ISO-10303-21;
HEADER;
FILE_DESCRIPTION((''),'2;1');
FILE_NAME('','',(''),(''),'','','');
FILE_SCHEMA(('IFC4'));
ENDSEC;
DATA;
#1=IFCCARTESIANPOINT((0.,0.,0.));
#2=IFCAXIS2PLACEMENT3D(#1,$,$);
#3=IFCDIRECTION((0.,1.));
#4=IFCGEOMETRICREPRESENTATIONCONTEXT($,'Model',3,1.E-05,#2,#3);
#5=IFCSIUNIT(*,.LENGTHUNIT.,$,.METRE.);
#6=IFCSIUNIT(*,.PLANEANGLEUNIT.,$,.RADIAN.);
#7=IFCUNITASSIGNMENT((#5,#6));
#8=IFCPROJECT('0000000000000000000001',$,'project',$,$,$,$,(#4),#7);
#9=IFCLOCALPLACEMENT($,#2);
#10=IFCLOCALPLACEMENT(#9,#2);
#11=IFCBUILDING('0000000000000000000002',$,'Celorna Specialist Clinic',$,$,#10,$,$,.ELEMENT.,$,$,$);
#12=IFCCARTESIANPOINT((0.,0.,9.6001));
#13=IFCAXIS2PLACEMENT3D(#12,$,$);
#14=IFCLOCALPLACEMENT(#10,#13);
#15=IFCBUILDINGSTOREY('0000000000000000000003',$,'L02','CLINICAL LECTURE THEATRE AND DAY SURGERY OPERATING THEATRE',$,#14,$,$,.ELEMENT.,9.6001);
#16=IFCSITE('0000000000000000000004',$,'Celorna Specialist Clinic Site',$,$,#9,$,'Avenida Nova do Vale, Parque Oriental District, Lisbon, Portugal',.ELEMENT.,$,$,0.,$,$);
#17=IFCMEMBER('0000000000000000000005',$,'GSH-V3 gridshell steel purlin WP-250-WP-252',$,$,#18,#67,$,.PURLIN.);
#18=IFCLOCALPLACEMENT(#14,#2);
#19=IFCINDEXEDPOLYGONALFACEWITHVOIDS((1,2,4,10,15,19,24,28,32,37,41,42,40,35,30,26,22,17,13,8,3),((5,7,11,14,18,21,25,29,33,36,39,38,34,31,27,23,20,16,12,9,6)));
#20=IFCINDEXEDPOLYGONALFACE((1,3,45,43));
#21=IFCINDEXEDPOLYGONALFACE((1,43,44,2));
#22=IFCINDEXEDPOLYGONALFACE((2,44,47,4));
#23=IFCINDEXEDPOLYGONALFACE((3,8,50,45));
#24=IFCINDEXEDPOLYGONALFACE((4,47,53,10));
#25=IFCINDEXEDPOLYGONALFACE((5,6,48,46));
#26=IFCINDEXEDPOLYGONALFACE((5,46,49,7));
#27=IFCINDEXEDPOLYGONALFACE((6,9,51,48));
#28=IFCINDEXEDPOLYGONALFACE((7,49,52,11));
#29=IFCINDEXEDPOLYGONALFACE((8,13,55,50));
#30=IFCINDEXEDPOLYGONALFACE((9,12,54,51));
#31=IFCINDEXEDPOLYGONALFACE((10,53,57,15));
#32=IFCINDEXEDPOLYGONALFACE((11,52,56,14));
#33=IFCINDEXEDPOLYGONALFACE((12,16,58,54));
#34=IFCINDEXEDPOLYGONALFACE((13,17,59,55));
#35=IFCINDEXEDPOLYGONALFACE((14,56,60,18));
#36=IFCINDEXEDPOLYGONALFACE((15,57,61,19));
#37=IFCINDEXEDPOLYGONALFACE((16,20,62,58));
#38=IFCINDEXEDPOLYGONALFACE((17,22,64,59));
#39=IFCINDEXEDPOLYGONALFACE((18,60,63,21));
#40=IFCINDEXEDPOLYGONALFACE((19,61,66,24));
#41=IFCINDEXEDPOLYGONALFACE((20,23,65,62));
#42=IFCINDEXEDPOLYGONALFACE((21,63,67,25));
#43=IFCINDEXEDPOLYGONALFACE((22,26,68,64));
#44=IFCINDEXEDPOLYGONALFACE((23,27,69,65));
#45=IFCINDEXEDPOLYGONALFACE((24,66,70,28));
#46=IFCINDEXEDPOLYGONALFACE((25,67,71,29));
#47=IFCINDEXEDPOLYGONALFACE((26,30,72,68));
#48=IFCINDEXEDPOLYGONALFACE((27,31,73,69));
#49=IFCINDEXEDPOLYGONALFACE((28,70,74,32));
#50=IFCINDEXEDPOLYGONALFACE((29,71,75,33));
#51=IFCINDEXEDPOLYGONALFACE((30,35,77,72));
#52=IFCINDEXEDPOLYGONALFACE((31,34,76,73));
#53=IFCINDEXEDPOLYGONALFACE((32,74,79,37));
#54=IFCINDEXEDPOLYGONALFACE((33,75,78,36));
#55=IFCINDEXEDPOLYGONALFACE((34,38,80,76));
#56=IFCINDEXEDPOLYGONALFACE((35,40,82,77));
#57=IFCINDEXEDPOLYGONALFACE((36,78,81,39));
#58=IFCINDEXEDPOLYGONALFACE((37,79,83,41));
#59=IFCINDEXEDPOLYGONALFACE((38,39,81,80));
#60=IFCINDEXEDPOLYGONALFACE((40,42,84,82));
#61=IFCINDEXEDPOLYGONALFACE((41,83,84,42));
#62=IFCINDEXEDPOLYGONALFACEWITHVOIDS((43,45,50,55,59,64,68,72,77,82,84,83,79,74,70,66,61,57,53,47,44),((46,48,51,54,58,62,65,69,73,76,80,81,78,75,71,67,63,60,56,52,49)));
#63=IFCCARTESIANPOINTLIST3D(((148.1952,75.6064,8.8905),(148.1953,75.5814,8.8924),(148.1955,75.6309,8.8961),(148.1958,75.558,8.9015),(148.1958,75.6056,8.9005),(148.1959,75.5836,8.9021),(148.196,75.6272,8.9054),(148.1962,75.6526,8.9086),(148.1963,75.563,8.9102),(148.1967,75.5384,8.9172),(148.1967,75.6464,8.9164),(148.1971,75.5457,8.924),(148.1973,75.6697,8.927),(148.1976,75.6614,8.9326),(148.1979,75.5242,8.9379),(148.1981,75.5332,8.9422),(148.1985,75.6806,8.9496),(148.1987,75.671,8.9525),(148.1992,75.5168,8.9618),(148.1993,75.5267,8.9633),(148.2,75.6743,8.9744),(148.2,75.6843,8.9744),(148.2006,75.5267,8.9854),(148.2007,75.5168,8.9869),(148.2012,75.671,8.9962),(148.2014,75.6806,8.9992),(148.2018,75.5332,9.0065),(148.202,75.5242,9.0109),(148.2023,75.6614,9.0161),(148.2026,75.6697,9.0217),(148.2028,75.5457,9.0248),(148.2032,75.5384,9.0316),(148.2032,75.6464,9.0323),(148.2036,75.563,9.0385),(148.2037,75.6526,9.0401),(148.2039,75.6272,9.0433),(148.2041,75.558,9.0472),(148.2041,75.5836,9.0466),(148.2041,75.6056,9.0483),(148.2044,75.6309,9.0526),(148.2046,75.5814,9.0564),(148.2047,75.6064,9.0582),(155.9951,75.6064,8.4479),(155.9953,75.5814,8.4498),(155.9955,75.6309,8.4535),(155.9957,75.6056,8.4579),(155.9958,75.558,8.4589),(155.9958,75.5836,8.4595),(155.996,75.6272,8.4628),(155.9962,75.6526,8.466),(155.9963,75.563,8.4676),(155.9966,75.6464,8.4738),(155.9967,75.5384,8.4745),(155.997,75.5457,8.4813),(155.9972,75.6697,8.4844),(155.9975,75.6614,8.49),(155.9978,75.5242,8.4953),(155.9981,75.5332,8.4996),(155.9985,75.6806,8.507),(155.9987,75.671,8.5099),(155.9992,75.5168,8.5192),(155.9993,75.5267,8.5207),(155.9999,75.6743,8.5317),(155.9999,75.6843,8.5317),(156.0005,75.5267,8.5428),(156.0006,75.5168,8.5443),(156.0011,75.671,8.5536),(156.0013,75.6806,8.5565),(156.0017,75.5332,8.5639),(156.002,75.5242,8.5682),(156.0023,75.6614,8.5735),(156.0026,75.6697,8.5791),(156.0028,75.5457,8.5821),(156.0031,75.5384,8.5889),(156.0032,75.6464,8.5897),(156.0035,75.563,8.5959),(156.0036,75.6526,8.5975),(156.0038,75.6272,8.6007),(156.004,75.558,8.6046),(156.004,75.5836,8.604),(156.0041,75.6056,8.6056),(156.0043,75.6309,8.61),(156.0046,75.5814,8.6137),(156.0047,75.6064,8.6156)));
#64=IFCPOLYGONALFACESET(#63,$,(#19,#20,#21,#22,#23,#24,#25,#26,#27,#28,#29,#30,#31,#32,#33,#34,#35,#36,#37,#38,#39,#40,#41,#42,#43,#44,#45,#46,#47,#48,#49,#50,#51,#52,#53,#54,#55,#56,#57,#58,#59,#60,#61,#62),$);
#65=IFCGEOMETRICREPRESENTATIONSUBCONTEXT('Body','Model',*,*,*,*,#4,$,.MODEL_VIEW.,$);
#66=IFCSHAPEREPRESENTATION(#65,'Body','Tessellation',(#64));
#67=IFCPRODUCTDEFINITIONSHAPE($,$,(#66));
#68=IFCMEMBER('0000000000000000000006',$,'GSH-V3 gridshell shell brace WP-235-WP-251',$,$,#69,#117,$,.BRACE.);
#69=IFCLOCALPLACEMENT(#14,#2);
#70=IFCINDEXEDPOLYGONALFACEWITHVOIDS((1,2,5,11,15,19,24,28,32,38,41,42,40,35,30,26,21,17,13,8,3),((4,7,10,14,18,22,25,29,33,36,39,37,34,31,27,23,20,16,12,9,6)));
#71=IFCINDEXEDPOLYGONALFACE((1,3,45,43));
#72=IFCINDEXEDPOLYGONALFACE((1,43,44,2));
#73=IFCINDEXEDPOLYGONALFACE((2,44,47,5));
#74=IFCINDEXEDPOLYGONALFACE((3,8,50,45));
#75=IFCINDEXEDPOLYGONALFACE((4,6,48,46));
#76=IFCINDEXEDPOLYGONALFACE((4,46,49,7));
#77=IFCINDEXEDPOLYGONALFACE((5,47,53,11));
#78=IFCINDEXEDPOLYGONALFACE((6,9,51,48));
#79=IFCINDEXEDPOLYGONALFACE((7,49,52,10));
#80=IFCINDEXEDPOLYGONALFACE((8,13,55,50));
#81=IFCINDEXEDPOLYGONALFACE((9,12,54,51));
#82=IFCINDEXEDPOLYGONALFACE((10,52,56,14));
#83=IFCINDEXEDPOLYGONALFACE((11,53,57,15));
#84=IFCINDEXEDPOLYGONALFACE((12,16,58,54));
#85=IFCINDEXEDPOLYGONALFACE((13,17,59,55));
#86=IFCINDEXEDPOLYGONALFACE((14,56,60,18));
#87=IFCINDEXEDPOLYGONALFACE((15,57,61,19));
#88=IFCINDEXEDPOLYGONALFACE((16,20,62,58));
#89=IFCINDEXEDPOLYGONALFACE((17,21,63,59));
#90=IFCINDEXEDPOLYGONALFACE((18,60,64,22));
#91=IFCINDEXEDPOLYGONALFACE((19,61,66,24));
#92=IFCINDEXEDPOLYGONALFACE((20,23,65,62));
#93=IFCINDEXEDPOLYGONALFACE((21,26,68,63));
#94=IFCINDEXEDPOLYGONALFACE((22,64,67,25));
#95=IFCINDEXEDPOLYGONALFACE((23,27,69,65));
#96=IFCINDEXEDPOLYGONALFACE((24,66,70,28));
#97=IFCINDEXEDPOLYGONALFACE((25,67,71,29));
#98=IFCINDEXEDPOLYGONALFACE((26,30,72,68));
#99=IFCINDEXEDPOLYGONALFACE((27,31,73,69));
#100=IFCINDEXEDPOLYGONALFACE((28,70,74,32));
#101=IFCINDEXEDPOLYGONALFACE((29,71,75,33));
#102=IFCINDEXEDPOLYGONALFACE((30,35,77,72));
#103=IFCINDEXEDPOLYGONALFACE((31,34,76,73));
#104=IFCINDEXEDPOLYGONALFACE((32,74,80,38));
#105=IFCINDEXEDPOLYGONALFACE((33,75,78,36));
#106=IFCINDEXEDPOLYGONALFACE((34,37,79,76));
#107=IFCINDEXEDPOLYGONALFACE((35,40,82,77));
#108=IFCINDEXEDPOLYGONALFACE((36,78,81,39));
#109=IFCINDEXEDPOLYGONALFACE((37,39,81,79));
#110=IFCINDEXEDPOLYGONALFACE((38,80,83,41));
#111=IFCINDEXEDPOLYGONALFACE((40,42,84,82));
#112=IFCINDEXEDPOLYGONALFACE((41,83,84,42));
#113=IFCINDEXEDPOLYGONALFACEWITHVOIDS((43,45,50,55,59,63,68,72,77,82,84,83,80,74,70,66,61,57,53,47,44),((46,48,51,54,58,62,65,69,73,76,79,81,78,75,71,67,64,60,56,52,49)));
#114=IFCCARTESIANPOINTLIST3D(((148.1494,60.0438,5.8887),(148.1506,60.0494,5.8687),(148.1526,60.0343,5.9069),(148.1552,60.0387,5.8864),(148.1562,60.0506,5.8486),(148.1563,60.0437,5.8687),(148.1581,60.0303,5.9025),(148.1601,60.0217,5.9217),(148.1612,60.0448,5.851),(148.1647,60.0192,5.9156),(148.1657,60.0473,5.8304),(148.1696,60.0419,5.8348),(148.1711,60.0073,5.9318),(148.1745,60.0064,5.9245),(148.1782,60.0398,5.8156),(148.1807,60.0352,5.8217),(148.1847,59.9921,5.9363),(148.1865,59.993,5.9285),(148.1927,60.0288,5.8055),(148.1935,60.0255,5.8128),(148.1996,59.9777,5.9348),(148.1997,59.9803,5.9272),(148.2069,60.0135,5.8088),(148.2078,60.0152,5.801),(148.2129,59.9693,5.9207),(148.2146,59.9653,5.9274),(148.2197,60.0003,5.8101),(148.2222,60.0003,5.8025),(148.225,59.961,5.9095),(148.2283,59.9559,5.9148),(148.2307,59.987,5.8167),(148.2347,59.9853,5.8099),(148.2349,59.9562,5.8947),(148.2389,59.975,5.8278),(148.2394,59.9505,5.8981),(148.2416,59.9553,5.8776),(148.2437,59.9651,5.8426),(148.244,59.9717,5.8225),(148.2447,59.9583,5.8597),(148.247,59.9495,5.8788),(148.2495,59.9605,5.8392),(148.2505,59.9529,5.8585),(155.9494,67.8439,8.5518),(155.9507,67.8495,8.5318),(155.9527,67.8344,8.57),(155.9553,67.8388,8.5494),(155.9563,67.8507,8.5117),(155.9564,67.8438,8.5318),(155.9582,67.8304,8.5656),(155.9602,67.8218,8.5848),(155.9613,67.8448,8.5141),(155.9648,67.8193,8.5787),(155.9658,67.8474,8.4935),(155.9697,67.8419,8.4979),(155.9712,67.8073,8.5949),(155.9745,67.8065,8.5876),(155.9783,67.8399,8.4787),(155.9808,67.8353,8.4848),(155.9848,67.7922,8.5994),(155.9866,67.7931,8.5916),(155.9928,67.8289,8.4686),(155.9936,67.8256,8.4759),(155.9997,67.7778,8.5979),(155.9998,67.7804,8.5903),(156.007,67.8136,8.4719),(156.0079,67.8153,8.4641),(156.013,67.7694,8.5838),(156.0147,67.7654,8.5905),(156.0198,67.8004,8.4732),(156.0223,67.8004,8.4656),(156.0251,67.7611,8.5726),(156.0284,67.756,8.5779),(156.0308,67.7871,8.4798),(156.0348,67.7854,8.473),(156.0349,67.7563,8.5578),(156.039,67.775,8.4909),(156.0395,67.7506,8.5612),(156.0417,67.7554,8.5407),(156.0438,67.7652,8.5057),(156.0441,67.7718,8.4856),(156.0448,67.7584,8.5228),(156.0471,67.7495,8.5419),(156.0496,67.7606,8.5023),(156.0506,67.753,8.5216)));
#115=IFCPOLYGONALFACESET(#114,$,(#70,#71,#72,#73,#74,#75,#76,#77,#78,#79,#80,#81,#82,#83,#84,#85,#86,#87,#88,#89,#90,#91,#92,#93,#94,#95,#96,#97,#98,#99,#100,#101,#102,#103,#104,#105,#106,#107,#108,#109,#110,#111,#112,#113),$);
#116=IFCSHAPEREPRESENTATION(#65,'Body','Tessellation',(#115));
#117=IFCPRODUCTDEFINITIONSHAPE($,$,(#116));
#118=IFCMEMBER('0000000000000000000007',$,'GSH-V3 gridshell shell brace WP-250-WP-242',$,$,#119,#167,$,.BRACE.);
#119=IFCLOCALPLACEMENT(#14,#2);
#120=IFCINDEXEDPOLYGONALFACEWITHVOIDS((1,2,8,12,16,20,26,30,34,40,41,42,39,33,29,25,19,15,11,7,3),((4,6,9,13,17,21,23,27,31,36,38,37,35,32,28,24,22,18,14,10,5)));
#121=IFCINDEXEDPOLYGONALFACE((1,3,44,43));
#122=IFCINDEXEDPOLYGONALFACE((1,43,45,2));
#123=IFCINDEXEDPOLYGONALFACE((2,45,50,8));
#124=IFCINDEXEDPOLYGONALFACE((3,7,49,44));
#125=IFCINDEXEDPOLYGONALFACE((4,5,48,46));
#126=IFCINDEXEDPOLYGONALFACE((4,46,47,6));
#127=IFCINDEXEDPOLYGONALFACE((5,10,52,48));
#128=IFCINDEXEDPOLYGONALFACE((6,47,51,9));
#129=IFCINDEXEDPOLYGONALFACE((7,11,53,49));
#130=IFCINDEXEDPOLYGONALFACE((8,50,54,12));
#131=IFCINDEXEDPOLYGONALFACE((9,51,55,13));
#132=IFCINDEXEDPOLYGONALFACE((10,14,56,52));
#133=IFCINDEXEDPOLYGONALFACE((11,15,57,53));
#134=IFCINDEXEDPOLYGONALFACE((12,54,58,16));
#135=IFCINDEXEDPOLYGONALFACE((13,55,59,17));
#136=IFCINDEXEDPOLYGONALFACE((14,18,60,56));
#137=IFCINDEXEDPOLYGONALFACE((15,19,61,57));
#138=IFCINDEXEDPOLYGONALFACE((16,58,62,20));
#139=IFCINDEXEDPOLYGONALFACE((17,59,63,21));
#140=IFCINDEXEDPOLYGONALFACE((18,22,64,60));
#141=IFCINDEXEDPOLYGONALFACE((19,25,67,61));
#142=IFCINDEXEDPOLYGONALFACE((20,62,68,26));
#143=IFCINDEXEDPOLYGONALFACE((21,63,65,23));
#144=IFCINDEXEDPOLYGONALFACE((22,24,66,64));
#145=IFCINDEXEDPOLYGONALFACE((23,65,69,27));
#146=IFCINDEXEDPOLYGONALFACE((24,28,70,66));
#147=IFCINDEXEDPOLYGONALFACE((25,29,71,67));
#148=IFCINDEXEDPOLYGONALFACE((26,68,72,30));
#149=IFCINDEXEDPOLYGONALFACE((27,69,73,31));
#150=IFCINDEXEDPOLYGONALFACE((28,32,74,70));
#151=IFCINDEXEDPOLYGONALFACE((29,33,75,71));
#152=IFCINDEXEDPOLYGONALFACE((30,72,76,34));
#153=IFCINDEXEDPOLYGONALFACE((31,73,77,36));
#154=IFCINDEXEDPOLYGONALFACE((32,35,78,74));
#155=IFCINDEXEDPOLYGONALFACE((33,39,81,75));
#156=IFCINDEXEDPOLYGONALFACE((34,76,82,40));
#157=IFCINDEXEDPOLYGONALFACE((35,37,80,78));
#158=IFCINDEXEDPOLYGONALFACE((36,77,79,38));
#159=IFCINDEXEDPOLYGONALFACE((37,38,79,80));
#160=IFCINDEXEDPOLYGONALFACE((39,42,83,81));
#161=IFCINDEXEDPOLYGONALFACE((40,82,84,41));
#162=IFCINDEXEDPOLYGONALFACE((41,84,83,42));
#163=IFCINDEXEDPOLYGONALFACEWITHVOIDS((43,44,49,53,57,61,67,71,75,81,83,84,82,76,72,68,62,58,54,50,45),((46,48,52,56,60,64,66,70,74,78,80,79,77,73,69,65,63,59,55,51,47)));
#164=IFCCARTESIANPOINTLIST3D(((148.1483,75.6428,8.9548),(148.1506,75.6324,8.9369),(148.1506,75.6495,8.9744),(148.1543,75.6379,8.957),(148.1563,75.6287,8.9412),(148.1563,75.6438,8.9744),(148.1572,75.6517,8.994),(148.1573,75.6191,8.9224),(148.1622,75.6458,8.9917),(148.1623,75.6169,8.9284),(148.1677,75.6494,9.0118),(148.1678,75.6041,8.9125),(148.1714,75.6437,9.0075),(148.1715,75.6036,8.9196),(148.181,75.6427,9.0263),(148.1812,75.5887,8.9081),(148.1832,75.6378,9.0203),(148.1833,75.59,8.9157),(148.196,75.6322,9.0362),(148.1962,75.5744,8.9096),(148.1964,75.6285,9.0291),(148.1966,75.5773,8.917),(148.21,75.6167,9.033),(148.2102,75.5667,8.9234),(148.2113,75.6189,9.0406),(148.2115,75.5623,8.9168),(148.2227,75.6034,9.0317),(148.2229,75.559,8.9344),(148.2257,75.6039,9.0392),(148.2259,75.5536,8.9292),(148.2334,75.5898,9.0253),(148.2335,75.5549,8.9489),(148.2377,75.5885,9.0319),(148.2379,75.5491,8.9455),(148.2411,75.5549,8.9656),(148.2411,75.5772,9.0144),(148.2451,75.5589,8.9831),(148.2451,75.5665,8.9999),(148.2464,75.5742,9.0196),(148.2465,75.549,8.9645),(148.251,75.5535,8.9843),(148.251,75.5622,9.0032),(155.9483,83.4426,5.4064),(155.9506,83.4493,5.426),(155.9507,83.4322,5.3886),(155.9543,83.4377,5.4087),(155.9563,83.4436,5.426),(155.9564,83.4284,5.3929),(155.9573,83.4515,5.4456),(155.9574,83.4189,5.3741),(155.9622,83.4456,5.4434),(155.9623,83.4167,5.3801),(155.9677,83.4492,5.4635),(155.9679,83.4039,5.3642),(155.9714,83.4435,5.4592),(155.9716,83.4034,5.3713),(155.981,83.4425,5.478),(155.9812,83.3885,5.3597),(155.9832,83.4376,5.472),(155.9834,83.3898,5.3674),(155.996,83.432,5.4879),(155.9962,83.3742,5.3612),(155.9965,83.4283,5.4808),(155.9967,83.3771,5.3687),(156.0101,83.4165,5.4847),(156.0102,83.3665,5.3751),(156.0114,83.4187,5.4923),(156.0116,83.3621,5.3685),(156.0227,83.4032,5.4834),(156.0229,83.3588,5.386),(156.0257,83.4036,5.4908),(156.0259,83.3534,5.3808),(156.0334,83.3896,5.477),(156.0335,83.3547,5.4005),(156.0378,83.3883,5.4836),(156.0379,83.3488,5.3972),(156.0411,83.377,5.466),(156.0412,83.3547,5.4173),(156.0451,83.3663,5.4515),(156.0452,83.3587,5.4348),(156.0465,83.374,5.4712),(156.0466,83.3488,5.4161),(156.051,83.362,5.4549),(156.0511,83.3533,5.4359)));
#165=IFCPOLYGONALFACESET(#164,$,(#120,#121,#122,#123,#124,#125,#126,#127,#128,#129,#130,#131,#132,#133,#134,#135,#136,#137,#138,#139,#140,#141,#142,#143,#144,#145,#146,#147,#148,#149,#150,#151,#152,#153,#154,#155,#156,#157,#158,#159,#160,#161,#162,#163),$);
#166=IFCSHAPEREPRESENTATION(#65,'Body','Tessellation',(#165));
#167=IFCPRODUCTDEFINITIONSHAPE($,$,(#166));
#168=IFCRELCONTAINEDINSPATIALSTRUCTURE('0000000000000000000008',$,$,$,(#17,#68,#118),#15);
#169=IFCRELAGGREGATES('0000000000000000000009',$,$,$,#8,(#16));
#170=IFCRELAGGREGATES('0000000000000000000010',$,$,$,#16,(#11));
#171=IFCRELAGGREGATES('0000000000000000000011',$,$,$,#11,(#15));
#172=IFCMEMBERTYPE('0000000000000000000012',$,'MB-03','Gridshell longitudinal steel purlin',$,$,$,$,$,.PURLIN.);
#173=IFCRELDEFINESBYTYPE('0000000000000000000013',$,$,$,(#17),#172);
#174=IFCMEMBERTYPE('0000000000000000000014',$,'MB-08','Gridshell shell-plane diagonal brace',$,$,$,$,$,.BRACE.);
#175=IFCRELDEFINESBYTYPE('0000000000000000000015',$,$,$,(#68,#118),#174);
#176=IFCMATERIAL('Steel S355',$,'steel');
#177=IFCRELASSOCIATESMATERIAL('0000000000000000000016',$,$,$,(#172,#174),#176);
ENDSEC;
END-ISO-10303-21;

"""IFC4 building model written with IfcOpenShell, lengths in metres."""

from ifc_helpers import new_model, si_unit, direction, frame, origin, origin_2d, place, context, subcontext, project, spatial, hollow_circle, extrude, material, material_profile, profile_set, type_object, element, save


model = new_model("IFC4")

# Units and contexts
model_context = context("Model", 3, precision=1e-05, world=origin(), true_north=direction((0.0, 1.0)))
body_context = subcontext(model_context, "Body", "Model", "MODEL_VIEW")
ifc_project = project(units=[si_unit("LENGTHUNIT", "METRE"), si_unit("PLANEANGLEUNIT", "RADIAN")], contexts=[model_context])

# Site, building, storey
site_placement = place(None, origin())
site = spatial("IfcSite", under=ifc_project, at=site_placement, Name="Celorna Specialist Clinic Site", LongName="Avenida Nova do Vale, Parque Oriental District, Lisbon, Portugal", CompositionType="ELEMENT", RefElevation=0.0)
building_placement = place(site_placement, origin())
building = spatial("IfcBuilding", under=site, at=building_placement, Name="Celorna Specialist Clinic", CompositionType="ELEMENT")
storey_placement = place(building_placement, frame((0.0, 0.0, 9.6001)))
storey = spatial("IfcBuildingStorey", under=building, at=storey_placement, Name="L02", Description="CLINICAL LECTURE THEATRE AND DAY SURGERY OPERATING THEATRE", CompositionType="ELEMENT", Elevation=9.6001)

# Shared definitions
ifc_material_1 = material(Name="Steel S355", Category="steel")

# Members
ifc_material_profile_1 = material_profile(ifc_material_1, hollow_circle(Radius=0.0842, WallThickness=0.01, at=origin_2d()), Name="CHS 168.3x10")
ifc_profile_set_1 = profile_set([ifc_material_profile_1], Name="Steel S355")
member_type_1 = type_object("IfcMemberType", Name="MB-03", Description="Gridshell longitudinal steel purlin", PredefinedType="PURLIN", material=ifc_profile_set_1)
member_1_placement = place(storey_placement, frame((148.2, 75.6001, 8.9744), z_axis=(0.998394, 0.0, -0.056656), x_axis=(0.0, 1.0, 0.0)))
element("IfcMember", 1, at=member_1_placement, inside=storey, type_object=member_type_1, Name="GSH-V3 gridshell steel purlin WP-250-WP-252", PredefinedType="PURLIN", context=body_context, shape_type="SweptSolid", body=[
    extrude(hollow_circle(Radius=0.0842, WallThickness=0.01, at=origin_2d()), origin(), (0.0, 0.0, 1.0), 7.8125),
])
ifc_material_profile_2 = material_profile(ifc_material_1, hollow_circle(Radius=0.0698, WallThickness=0.0081, at=origin_2d()), Name="CHS 139.7x8")
ifc_profile_set_2 = profile_set([ifc_material_profile_2], Name="Steel S355")
member_type_2 = type_object("IfcMemberType", Name="MB-08", Description="Gridshell shell-plane diagonal brace", PredefinedType="BRACE", material=ifc_profile_set_2)
member_2_placement = place(storey_placement, frame((148.2, 60.0, 5.8687), z_axis=(0.68736, 0.68736, 0.234678), x_axis=(-0.707107, 0.707107, 0.0)))
element("IfcMember", 2, at=member_2_placement, inside=storey, type_object=member_type_2, Name="GSH-V3 gridshell shell brace WP-235-WP-251", PredefinedType="BRACE", context=body_context, shape_type="SweptSolid", body=[
    extrude(hollow_circle(Radius=0.0698, WallThickness=0.0081, at=origin_2d()), origin(), (0.0, 0.0, 1.0), 11.3479),
])
member_3_placement = place(storey_placement, frame((148.2, 75.6001, 8.9744), z_axis=(0.673148, 0.673127, -0.306223), x_axis=(-0.707096, 0.707118, 0.0)))
element("IfcMember", 3, at=member_3_placement, inside=storey, type_object=member_type_2, Name="GSH-V3 gridshell shell brace WP-250-WP-242", PredefinedType="BRACE", context=body_context, shape_type="SweptSolid", body=[
    extrude(hollow_circle(Radius=0.0698, WallThickness=0.0081, at=origin_2d()), origin(), (0.0, 0.0, 1.0), 11.5874),
])

save(model, "model.ifc")
